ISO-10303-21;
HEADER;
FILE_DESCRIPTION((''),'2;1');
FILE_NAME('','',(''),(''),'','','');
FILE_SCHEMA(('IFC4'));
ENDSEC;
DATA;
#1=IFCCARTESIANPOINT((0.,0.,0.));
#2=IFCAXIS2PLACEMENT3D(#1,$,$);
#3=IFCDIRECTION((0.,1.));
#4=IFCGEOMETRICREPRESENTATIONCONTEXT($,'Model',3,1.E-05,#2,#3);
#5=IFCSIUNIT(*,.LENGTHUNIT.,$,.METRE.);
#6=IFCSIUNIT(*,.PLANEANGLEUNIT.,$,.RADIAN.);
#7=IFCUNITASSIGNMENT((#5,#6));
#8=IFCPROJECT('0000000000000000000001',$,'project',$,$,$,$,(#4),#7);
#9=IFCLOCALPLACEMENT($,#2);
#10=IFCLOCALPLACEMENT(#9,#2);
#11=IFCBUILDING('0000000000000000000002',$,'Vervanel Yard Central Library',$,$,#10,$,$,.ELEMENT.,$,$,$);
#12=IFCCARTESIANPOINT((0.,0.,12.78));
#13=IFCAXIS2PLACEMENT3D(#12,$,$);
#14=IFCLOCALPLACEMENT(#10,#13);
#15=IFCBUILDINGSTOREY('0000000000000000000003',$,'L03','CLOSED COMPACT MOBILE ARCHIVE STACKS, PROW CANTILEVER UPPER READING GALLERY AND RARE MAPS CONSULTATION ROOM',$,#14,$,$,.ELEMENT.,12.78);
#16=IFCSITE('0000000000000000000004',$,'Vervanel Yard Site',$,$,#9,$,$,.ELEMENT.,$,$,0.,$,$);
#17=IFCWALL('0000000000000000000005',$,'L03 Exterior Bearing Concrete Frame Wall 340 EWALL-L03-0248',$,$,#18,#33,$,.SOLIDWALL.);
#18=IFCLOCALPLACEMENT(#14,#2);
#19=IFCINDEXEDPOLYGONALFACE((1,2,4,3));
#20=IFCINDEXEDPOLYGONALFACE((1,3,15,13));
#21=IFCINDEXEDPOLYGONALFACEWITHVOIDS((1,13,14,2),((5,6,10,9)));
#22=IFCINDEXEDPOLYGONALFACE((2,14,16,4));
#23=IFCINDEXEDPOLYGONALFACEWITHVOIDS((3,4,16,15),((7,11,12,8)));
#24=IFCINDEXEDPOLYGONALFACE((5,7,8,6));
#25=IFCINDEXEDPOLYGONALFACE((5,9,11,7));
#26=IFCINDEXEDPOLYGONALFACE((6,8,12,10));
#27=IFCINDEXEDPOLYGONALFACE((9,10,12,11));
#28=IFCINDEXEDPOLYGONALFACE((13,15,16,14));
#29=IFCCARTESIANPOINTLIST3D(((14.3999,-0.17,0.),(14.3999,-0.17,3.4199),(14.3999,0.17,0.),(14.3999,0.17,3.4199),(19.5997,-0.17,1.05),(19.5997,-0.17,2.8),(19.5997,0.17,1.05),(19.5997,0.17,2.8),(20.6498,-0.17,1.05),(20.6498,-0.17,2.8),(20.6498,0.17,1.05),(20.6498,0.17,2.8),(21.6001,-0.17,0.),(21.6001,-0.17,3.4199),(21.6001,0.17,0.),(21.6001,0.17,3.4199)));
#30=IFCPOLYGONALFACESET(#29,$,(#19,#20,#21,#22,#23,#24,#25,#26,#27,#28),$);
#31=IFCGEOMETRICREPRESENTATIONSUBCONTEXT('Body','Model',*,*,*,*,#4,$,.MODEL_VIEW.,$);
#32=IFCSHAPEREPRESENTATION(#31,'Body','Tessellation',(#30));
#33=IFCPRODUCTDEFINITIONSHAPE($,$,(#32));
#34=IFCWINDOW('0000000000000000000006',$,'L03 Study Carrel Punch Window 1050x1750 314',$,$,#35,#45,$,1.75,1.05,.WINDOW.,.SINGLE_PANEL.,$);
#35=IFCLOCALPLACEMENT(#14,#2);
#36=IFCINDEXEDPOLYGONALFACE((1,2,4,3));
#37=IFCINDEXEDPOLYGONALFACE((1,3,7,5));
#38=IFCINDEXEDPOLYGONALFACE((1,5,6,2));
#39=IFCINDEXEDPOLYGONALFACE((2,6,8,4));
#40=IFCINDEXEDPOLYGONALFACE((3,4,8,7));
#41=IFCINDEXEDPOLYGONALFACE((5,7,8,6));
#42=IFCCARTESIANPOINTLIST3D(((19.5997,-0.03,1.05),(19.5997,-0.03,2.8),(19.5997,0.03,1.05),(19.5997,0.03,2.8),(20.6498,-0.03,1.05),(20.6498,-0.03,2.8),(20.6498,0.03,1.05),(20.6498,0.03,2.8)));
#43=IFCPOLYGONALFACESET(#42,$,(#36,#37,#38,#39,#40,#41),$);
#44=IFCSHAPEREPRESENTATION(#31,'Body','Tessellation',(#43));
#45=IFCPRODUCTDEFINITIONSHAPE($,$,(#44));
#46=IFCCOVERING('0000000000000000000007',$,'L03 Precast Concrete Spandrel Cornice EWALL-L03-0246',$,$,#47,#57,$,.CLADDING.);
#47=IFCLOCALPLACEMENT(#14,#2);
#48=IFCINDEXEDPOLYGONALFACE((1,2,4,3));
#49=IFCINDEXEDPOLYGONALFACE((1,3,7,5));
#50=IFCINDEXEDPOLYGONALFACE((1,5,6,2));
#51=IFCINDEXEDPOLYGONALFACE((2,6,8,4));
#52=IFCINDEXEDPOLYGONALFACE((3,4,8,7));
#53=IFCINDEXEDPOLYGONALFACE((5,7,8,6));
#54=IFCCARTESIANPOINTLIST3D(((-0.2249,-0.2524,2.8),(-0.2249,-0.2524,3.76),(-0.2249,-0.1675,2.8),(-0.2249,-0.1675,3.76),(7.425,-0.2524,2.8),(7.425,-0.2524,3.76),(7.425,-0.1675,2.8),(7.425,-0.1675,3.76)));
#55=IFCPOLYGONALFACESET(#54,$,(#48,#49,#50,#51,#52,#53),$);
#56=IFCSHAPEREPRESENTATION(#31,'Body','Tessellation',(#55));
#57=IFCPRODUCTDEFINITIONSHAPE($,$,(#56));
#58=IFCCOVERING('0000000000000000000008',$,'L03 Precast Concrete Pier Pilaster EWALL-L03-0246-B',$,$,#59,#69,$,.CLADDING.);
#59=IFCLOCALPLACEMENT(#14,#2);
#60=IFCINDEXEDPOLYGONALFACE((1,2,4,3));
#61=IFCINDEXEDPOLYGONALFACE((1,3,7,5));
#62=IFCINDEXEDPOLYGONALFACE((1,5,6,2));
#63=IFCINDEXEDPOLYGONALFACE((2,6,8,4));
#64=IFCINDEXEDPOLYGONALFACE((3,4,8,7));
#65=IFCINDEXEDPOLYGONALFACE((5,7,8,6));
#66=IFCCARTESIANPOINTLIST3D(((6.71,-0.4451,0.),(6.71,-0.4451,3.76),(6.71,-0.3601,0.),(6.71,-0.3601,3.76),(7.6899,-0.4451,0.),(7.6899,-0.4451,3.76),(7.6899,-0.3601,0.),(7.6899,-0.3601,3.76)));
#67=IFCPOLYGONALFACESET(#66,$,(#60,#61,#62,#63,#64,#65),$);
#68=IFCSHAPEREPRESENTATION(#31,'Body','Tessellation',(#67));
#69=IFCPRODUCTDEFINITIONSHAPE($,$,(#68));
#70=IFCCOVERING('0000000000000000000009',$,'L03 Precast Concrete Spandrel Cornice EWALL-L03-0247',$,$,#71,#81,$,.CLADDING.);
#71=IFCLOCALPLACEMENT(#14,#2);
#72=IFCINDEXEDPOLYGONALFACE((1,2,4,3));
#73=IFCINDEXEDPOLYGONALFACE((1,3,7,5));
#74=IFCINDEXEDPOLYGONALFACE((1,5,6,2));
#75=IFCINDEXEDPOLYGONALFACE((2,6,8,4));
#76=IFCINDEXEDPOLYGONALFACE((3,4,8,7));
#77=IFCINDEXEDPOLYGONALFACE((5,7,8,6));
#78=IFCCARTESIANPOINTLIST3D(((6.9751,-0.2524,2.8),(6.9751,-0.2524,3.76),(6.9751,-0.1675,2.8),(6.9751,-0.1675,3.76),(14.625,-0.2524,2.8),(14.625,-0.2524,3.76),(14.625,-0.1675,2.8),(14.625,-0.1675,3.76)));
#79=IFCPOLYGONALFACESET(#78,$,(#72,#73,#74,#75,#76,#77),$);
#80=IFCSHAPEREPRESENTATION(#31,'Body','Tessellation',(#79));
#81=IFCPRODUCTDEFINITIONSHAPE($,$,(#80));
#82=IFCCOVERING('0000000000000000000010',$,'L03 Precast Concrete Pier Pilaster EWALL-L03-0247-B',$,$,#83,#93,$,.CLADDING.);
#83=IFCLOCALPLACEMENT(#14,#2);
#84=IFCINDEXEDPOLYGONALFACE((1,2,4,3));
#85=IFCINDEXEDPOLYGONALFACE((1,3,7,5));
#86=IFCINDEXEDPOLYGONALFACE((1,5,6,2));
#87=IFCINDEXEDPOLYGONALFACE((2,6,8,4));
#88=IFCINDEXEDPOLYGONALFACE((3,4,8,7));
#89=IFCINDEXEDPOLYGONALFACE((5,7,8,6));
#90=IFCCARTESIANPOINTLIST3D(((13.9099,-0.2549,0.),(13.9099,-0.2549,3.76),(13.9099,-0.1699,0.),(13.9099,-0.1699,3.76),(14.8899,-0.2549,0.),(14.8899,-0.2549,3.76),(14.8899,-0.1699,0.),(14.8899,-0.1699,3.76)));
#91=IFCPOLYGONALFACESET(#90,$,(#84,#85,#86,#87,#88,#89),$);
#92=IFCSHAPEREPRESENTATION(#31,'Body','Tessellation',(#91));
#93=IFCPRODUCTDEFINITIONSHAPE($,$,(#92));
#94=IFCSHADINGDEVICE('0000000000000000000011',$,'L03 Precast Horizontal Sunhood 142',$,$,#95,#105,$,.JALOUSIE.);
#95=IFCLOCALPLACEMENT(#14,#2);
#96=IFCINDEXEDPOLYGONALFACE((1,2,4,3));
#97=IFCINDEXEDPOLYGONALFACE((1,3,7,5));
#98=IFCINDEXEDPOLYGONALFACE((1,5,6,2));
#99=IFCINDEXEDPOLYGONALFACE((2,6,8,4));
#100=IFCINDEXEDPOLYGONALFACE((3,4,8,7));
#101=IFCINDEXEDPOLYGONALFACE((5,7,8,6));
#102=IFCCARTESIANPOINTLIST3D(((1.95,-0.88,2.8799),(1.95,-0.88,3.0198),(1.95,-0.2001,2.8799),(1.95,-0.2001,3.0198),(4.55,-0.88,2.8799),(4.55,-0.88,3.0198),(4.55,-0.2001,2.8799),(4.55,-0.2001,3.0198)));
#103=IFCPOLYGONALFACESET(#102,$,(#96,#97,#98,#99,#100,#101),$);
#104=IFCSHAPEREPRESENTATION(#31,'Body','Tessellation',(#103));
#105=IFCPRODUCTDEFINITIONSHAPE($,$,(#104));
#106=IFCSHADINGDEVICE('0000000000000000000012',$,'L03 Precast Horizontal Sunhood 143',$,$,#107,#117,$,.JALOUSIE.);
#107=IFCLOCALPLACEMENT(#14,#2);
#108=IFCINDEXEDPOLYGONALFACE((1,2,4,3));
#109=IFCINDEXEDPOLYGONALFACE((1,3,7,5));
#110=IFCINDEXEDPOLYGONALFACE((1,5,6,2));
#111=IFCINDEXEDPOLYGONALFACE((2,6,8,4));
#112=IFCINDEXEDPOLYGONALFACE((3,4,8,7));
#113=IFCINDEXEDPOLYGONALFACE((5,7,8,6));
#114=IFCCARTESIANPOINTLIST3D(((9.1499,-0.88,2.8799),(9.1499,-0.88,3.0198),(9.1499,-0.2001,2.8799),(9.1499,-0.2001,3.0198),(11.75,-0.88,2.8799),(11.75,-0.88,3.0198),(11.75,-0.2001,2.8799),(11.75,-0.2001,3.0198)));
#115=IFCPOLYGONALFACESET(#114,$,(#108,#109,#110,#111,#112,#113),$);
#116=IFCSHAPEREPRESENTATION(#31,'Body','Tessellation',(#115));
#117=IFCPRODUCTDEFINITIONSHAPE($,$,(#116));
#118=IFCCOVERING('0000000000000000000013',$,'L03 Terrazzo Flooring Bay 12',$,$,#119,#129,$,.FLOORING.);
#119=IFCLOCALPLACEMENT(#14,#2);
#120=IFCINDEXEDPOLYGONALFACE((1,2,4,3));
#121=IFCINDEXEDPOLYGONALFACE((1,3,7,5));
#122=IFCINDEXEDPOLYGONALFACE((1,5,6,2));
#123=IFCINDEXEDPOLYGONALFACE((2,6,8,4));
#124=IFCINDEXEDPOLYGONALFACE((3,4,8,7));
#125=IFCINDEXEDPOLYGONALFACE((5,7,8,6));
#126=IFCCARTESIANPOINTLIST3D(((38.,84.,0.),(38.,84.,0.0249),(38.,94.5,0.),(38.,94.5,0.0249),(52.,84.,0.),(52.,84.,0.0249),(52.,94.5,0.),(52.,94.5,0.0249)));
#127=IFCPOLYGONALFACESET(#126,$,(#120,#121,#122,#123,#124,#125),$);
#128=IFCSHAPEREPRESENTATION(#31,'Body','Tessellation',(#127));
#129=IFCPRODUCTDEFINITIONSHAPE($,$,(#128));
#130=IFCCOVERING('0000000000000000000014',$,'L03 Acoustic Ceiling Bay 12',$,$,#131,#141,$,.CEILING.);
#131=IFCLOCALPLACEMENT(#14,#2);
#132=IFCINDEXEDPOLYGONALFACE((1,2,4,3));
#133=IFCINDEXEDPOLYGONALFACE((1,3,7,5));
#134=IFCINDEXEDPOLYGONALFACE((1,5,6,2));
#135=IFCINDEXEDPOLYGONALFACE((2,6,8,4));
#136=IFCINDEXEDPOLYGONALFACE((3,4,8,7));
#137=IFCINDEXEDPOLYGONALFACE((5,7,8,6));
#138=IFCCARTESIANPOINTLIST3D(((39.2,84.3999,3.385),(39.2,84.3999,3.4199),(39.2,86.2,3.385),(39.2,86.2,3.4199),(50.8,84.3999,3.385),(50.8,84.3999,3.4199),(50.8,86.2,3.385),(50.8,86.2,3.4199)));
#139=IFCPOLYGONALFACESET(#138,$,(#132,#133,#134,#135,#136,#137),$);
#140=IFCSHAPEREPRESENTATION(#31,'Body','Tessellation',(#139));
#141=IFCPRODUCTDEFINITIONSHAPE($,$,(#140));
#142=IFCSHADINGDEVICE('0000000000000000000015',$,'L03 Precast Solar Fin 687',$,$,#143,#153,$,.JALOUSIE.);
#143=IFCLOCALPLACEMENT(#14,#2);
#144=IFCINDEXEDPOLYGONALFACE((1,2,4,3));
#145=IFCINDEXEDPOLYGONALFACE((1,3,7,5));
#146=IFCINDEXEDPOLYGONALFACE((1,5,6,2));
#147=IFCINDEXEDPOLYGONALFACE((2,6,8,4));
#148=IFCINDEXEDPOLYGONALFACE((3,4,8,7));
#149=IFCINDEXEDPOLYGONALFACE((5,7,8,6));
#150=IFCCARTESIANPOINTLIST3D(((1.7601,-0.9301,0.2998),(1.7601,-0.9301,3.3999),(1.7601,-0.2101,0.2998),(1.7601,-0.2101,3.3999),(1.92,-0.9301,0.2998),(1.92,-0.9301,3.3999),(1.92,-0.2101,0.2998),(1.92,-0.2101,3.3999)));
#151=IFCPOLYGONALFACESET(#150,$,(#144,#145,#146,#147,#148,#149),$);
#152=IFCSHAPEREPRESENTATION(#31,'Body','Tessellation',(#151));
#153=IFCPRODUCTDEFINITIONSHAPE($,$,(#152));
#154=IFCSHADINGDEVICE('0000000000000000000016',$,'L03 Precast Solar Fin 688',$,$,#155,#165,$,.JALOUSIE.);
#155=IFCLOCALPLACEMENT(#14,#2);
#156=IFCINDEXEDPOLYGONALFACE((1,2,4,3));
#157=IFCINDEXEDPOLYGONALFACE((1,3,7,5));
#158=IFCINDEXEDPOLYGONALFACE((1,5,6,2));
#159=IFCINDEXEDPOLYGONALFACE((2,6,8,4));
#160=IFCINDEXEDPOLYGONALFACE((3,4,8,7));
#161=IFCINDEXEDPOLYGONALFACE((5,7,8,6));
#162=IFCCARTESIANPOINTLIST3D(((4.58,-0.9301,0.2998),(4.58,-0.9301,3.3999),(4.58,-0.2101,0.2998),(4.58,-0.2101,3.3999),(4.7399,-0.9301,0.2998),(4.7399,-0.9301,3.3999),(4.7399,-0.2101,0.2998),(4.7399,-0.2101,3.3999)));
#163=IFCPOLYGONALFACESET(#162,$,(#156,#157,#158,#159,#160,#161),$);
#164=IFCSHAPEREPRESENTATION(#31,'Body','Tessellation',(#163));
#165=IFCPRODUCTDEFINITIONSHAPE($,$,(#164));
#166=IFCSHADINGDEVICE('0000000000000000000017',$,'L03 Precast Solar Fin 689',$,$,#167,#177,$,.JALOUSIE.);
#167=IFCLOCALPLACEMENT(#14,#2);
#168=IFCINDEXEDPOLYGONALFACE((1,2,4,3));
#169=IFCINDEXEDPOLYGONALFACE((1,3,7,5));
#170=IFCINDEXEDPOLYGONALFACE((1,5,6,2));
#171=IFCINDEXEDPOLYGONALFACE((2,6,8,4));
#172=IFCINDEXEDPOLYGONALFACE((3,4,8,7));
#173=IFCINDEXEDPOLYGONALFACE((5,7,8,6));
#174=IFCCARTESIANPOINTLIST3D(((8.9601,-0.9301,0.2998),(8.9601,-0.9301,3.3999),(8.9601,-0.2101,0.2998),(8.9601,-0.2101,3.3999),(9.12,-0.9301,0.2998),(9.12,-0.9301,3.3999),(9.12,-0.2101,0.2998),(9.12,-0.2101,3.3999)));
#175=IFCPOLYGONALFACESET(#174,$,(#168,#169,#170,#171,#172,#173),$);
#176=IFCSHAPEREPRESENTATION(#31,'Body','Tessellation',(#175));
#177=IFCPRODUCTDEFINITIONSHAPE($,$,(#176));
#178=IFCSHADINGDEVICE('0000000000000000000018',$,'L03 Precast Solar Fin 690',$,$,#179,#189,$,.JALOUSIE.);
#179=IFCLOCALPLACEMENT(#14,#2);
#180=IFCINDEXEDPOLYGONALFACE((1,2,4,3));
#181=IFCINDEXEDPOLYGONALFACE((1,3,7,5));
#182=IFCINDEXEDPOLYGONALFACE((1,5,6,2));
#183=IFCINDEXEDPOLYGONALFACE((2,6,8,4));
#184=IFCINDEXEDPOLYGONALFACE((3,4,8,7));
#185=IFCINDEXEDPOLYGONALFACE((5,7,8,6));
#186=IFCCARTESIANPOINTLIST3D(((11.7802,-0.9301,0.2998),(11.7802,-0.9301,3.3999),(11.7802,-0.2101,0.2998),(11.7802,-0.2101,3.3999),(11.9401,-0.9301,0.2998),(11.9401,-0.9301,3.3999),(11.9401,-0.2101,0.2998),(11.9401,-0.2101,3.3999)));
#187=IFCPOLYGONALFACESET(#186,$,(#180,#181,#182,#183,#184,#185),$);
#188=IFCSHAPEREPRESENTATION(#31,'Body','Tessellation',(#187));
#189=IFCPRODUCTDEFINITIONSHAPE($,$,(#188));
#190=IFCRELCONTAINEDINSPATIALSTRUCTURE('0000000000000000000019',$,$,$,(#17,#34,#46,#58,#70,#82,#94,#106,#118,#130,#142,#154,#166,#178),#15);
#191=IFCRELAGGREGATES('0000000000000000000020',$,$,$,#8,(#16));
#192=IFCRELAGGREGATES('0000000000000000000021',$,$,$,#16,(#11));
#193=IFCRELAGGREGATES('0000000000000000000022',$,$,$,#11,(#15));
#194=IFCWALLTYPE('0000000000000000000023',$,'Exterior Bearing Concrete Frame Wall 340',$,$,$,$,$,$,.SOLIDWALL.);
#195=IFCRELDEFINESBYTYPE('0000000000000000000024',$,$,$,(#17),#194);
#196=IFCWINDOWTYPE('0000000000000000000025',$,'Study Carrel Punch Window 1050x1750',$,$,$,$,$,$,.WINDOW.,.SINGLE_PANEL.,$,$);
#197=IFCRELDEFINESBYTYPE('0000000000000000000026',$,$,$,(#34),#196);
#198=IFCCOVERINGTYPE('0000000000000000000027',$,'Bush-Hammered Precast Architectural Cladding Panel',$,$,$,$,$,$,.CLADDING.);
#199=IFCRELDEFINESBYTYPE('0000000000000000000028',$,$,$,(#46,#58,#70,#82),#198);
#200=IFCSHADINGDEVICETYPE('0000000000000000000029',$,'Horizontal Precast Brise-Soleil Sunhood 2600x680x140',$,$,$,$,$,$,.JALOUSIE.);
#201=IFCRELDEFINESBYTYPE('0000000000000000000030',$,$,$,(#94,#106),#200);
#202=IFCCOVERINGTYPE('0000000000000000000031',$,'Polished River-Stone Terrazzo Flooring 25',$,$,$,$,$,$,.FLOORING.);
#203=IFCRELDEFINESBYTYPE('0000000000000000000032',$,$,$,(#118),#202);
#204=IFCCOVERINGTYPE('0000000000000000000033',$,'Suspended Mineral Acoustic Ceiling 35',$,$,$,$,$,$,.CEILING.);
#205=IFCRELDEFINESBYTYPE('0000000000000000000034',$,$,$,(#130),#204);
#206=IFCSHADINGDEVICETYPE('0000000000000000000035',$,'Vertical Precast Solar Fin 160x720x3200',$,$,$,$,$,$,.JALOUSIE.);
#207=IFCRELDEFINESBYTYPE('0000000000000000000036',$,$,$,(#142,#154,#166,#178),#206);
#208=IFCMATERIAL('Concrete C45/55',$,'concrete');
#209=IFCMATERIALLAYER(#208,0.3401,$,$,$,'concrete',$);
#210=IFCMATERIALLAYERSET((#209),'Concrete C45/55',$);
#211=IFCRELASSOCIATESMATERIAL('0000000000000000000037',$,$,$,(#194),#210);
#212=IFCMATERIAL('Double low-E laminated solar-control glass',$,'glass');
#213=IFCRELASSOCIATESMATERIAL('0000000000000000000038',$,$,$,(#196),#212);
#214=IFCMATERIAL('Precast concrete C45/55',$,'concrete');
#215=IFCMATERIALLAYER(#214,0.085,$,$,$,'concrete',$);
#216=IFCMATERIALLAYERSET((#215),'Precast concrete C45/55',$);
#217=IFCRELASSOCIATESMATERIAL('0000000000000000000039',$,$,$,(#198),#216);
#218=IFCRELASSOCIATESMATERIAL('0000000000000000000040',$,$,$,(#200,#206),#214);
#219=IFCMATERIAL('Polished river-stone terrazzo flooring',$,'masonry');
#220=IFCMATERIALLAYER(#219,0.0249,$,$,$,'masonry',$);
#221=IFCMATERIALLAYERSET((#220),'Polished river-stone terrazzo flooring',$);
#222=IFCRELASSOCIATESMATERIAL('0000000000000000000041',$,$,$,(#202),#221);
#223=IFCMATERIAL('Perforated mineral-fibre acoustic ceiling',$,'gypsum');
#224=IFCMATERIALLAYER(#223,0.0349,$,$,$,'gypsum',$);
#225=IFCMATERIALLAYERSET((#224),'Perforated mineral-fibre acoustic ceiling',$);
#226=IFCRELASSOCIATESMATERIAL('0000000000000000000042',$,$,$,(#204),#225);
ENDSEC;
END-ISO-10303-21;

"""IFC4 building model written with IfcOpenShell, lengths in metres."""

from ifc_helpers import new_model, si_unit, direction, frame, frame_2d, origin, origin_2d, place, context, subcontext, project, spatial, polyline, rectangle, outline, extrude, material, layer, layer_set, type_object, element, fill, save


model = new_model("IFC4")

# Units and contexts
model_context = context("Model", 3, precision=1e-05, world=origin(), true_north=direction((0.0, 1.0)))
body_context = subcontext(model_context, "Body", "Model", "MODEL_VIEW")
ifc_project = project(units=[si_unit("LENGTHUNIT", "METRE"), si_unit("PLANEANGLEUNIT", "RADIAN")], contexts=[model_context])

# Site, building, storey
site_placement = place(None, origin())
site = spatial("IfcSite", under=ifc_project, at=site_placement, Name="Vervanel Yard Site", CompositionType="ELEMENT", RefElevation=0.0)
building_placement = place(site_placement, origin())
building = spatial("IfcBuilding", under=site, at=building_placement, Name="Vervanel Yard Central Library", CompositionType="ELEMENT")
storey_placement = place(building_placement, frame((0.0, 0.0, 12.78)))
storey = spatial("IfcBuildingStorey", under=building, at=storey_placement, Name="L03", Description="CLOSED COMPACT MOBILE ARCHIVE STACKS, PROW CANTILEVER UPPER READING GALLERY AND RARE MAPS CONSULTATION ROOM", CompositionType="ELEMENT", Elevation=12.78)

# Shared definitions
ifc_material_1 = material(Name="Concrete C45/55", Category="concrete")

# Wall, opening, window
ifc_layer_1 = layer(ifc_material_1, 0.3401, Category="concrete")
ifc_layer_set_1 = layer_set([ifc_layer_1], Name="Concrete C45/55")
wall_type_1 = type_object("IfcWallType", Name="Exterior Bearing Concrete Frame Wall 340", PredefinedType="SOLIDWALL", material=ifc_layer_set_1)
ifc_material_2 = material(Name="Double low-E laminated solar-control glass", Category="glass")
wall_1_placement = place(storey_placement, frame((14.3999, 0.0, 0.0), z_axis=(0.0, 0.0, 1.0), x_axis=(1.0, 0.0, 0.0)))
wall_1 = element("IfcWall", 1, at=wall_1_placement, inside=storey, type_object=wall_type_1, Name="L03 Exterior Bearing Concrete Frame Wall 340 EWALL-L03-0248", PredefinedType="SOLIDWALL", context=body_context, shape_type="SweptSolid", body=[
    extrude(rectangle(XDim=7.2002, YDim=0.3401, at=frame_2d((3.6001, 0.0))), origin(), (0.0, 0.0, 1.0), 3.4199),
])
opening_1_placement = place(wall_1_placement, frame((5.2, 0.0, 1.05)))
opening_1 = element("IfcOpeningElement", 2, at=opening_1_placement, cuts=wall_1, PredefinedType="OPENING", context=body_context, shape_type="SweptSolid", body=[
    extrude(rectangle(XDim=1.05, YDim=1.75, at=frame_2d((0.5249, 0.875))), frame((0.0, 0.1799, 0.0), z_axis=(0.0, -1.0, 0.0), x_axis=(1.0, 0.0, 0.0)), (0.0, 0.0, 1.0), 0.3601),
])
window_type_1 = type_object("IfcWindowType", Name="Study Carrel Punch Window 1050x1750", PartitioningType="SINGLE_PANEL", PredefinedType="WINDOW", material=ifc_material_2)
window_1_placement = place(opening_1_placement, origin())
window_1 = element("IfcWindow", 3, at=window_1_placement, inside=storey, type_object=window_type_1, Name="L03 Study Carrel Punch Window 1050x1750 314", OverallHeight=1.75, OverallWidth=1.05, PartitioningType="SINGLE_PANEL", PredefinedType="WINDOW", context=body_context, shape_type="SweptSolid", body=[
    extrude(rectangle(XDim=1.05, YDim=1.75, at=frame_2d((0.5249, 0.875))), frame((0.0, 0.03, 0.0), z_axis=(0.0, -1.0, 0.0), x_axis=(1.0, 0.0, 0.0)), (0.0, 0.0, 1.0), 0.0601),
])
fill(opening_1, window_1)

# Coverings
ifc_material_3 = material(Name="Precast concrete C45/55", Category="concrete")
ifc_layer_2 = layer(ifc_material_3, 0.085, Category="concrete")
ifc_layer_set_2 = layer_set([ifc_layer_2], Name="Precast concrete C45/55")
covering_type_1 = type_object("IfcCoveringType", Name="Bush-Hammered Precast Architectural Cladding Panel", PredefinedType="CLADDING", material=ifc_layer_set_2)
covering_1_placement = place(storey_placement, frame((3.6001, -0.21, 2.8), z_axis=(0.0, 0.0, 1.0), x_axis=(1.0, 0.0, 0.0)))
element("IfcCovering", 4, at=covering_1_placement, inside=storey, type_object=covering_type_1, Name="L03 Precast Concrete Spandrel Cornice EWALL-L03-0246", PredefinedType="CLADDING", context=body_context, shape_type="SweptSolid", body=[
    extrude(rectangle(XDim=7.6499, YDim=0.085, at=origin_2d()), origin(), (0.0, 0.0, 1.0), 0.96),
])
covering_2_placement = place(storey_placement, frame((7.2, -0.4026, 0.0), z_axis=(0.0, 0.0, 1.0), x_axis=(1.0, 0.0, 0.0)))
element("IfcCovering", 5, at=covering_2_placement, inside=storey, type_object=covering_type_1, Name="L03 Precast Concrete Pier Pilaster EWALL-L03-0246-B", PredefinedType="CLADDING", context=body_context, shape_type="SweptSolid", body=[
    extrude(rectangle(XDim=0.98, YDim=0.085, at=origin_2d()), origin(), (0.0, 0.0, 1.0), 3.76),
])
covering_3_placement = place(storey_placement, frame((10.8, -0.21, 2.8), z_axis=(0.0, 0.0, 1.0), x_axis=(1.0, 0.0, 0.0)))
element("IfcCovering", 6, at=covering_3_placement, inside=storey, type_object=covering_type_1, Name="L03 Precast Concrete Spandrel Cornice EWALL-L03-0247", PredefinedType="CLADDING", context=body_context, shape_type="SweptSolid", body=[
    extrude(rectangle(XDim=7.6499, YDim=0.085, at=origin_2d()), origin(), (0.0, 0.0, 1.0), 0.96),
])
covering_4_placement = place(storey_placement, frame((14.3999, -0.2124, 0.0), z_axis=(0.0, 0.0, 1.0), x_axis=(1.0, 0.0, 0.0)))
element("IfcCovering", 7, at=covering_4_placement, inside=storey, type_object=covering_type_1, Name="L03 Precast Concrete Pier Pilaster EWALL-L03-0247-B", PredefinedType="CLADDING", context=body_context, shape_type="SweptSolid", body=[
    extrude(rectangle(XDim=0.98, YDim=0.085, at=origin_2d()), origin(), (0.0, 0.0, 1.0), 3.76),
])

# Shading devices
shading_device_type_1 = type_object("IfcShadingDeviceType", Name="Horizontal Precast Brise-Soleil Sunhood 2600x680x140", PredefinedType="JALOUSIE", material=ifc_material_3)
for number, where, z_axis, x_axis, name in (
    (8, (3.25, -0.54, 2.8799), (0.0, 0.0, 1.0), (1.0, 0.0, 0.0), "L03 Precast Horizontal Sunhood 142"),
    (9, (10.45, -0.54, 2.8799), (0.0, 0.0, 1.0), (1.0, 0.0, 0.0), "L03 Precast Horizontal Sunhood 143"),
):
    element("IfcShadingDevice", number, at=place(storey_placement, frame(where, z_axis=z_axis, x_axis=x_axis)), inside=storey, type_object=shading_device_type_1, Name=name, PredefinedType="JALOUSIE", context=body_context, shape_type="SweptSolid", body=[
        extrude(rectangle(XDim=2.6001, YDim=0.6799, at=origin_2d()), origin(), (0.0, 0.0, 1.0), 0.1399),
    ])

# Coverings
ifc_material_4 = material(Name="Polished river-stone terrazzo flooring", Category="masonry")
ifc_layer_3 = layer(ifc_material_4, 0.0249, Category="masonry")
ifc_layer_set_3 = layer_set([ifc_layer_3], Name="Polished river-stone terrazzo flooring")
covering_type_2 = type_object("IfcCoveringType", Name="Polished River-Stone Terrazzo Flooring 25", PredefinedType="FLOORING", material=ifc_layer_set_3)
covering_5_placement = place(storey_placement, origin())
element("IfcCovering", 10, at=covering_5_placement, inside=storey, type_object=covering_type_2, Name="L03 Terrazzo Flooring Bay 12", PredefinedType="FLOORING", context=body_context, shape_type="SweptSolid", body=[
    extrude(outline(polyline([(38.0, 84.0), (52.0, 84.0), (52.0, 94.5), (38.0, 94.5), (38.0, 84.0)])), origin(), (0.0, 0.0, 1.0), 0.0249),
])
ifc_material_5 = material(Name="Perforated mineral-fibre acoustic ceiling", Category="gypsum")
ifc_layer_4 = layer(ifc_material_5, 0.0349, Category="gypsum")
ifc_layer_set_4 = layer_set([ifc_layer_4], Name="Perforated mineral-fibre acoustic ceiling")
covering_type_3 = type_object("IfcCoveringType", Name="Suspended Mineral Acoustic Ceiling 35", PredefinedType="CEILING", material=ifc_layer_set_4)
covering_6_placement = place(storey_placement, frame((0.0, 0.0, 3.385)))
element("IfcCovering", 11, at=covering_6_placement, inside=storey, type_object=covering_type_3, Name="L03 Acoustic Ceiling Bay 12", PredefinedType="CEILING", context=body_context, shape_type="SweptSolid", body=[
    extrude(outline(polyline([(39.2, 84.3999), (50.8, 84.3999), (50.8, 86.2), (39.2, 86.2), (39.2, 84.3999)])), origin(), (0.0, 0.0, 1.0), 0.0349),
])

# Shading devices
shading_device_type_2 = type_object("IfcShadingDeviceType", Name="Vertical Precast Solar Fin 160x720x3200", PredefinedType="JALOUSIE", material=ifc_material_3)
for number, where, z_axis, x_axis, name in (
    (12, (1.8401, -0.5701, 0.2998), (0.0, 0.0, 1.0), (1.0, 0.0, 0.0), "L03 Precast Solar Fin 687"),
    (13, (4.6599, -0.5701, 0.2998), (0.0, 0.0, 1.0), (1.0, 0.0, 0.0), "L03 Precast Solar Fin 688"),
    (14, (9.04, -0.5701, 0.2998), (0.0, 0.0, 1.0), (1.0, 0.0, 0.0), "L03 Precast Solar Fin 689"),
    (15, (11.8601, -0.5701, 0.2998), (0.0, 0.0, 1.0), (1.0, 0.0, 0.0), "L03 Precast Solar Fin 690"),
):
    element("IfcShadingDevice", number, at=place(storey_placement, frame(where, z_axis=z_axis, x_axis=x_axis)), inside=storey, type_object=shading_device_type_2, Name=name, PredefinedType="JALOUSIE", context=body_context, shape_type="SweptSolid", body=[
        extrude(rectangle(XDim=0.1599, YDim=0.72, at=origin_2d()), origin(), (0.0, 0.0, 1.0), 3.1001),
    ])

save(model, "model.ifc")
